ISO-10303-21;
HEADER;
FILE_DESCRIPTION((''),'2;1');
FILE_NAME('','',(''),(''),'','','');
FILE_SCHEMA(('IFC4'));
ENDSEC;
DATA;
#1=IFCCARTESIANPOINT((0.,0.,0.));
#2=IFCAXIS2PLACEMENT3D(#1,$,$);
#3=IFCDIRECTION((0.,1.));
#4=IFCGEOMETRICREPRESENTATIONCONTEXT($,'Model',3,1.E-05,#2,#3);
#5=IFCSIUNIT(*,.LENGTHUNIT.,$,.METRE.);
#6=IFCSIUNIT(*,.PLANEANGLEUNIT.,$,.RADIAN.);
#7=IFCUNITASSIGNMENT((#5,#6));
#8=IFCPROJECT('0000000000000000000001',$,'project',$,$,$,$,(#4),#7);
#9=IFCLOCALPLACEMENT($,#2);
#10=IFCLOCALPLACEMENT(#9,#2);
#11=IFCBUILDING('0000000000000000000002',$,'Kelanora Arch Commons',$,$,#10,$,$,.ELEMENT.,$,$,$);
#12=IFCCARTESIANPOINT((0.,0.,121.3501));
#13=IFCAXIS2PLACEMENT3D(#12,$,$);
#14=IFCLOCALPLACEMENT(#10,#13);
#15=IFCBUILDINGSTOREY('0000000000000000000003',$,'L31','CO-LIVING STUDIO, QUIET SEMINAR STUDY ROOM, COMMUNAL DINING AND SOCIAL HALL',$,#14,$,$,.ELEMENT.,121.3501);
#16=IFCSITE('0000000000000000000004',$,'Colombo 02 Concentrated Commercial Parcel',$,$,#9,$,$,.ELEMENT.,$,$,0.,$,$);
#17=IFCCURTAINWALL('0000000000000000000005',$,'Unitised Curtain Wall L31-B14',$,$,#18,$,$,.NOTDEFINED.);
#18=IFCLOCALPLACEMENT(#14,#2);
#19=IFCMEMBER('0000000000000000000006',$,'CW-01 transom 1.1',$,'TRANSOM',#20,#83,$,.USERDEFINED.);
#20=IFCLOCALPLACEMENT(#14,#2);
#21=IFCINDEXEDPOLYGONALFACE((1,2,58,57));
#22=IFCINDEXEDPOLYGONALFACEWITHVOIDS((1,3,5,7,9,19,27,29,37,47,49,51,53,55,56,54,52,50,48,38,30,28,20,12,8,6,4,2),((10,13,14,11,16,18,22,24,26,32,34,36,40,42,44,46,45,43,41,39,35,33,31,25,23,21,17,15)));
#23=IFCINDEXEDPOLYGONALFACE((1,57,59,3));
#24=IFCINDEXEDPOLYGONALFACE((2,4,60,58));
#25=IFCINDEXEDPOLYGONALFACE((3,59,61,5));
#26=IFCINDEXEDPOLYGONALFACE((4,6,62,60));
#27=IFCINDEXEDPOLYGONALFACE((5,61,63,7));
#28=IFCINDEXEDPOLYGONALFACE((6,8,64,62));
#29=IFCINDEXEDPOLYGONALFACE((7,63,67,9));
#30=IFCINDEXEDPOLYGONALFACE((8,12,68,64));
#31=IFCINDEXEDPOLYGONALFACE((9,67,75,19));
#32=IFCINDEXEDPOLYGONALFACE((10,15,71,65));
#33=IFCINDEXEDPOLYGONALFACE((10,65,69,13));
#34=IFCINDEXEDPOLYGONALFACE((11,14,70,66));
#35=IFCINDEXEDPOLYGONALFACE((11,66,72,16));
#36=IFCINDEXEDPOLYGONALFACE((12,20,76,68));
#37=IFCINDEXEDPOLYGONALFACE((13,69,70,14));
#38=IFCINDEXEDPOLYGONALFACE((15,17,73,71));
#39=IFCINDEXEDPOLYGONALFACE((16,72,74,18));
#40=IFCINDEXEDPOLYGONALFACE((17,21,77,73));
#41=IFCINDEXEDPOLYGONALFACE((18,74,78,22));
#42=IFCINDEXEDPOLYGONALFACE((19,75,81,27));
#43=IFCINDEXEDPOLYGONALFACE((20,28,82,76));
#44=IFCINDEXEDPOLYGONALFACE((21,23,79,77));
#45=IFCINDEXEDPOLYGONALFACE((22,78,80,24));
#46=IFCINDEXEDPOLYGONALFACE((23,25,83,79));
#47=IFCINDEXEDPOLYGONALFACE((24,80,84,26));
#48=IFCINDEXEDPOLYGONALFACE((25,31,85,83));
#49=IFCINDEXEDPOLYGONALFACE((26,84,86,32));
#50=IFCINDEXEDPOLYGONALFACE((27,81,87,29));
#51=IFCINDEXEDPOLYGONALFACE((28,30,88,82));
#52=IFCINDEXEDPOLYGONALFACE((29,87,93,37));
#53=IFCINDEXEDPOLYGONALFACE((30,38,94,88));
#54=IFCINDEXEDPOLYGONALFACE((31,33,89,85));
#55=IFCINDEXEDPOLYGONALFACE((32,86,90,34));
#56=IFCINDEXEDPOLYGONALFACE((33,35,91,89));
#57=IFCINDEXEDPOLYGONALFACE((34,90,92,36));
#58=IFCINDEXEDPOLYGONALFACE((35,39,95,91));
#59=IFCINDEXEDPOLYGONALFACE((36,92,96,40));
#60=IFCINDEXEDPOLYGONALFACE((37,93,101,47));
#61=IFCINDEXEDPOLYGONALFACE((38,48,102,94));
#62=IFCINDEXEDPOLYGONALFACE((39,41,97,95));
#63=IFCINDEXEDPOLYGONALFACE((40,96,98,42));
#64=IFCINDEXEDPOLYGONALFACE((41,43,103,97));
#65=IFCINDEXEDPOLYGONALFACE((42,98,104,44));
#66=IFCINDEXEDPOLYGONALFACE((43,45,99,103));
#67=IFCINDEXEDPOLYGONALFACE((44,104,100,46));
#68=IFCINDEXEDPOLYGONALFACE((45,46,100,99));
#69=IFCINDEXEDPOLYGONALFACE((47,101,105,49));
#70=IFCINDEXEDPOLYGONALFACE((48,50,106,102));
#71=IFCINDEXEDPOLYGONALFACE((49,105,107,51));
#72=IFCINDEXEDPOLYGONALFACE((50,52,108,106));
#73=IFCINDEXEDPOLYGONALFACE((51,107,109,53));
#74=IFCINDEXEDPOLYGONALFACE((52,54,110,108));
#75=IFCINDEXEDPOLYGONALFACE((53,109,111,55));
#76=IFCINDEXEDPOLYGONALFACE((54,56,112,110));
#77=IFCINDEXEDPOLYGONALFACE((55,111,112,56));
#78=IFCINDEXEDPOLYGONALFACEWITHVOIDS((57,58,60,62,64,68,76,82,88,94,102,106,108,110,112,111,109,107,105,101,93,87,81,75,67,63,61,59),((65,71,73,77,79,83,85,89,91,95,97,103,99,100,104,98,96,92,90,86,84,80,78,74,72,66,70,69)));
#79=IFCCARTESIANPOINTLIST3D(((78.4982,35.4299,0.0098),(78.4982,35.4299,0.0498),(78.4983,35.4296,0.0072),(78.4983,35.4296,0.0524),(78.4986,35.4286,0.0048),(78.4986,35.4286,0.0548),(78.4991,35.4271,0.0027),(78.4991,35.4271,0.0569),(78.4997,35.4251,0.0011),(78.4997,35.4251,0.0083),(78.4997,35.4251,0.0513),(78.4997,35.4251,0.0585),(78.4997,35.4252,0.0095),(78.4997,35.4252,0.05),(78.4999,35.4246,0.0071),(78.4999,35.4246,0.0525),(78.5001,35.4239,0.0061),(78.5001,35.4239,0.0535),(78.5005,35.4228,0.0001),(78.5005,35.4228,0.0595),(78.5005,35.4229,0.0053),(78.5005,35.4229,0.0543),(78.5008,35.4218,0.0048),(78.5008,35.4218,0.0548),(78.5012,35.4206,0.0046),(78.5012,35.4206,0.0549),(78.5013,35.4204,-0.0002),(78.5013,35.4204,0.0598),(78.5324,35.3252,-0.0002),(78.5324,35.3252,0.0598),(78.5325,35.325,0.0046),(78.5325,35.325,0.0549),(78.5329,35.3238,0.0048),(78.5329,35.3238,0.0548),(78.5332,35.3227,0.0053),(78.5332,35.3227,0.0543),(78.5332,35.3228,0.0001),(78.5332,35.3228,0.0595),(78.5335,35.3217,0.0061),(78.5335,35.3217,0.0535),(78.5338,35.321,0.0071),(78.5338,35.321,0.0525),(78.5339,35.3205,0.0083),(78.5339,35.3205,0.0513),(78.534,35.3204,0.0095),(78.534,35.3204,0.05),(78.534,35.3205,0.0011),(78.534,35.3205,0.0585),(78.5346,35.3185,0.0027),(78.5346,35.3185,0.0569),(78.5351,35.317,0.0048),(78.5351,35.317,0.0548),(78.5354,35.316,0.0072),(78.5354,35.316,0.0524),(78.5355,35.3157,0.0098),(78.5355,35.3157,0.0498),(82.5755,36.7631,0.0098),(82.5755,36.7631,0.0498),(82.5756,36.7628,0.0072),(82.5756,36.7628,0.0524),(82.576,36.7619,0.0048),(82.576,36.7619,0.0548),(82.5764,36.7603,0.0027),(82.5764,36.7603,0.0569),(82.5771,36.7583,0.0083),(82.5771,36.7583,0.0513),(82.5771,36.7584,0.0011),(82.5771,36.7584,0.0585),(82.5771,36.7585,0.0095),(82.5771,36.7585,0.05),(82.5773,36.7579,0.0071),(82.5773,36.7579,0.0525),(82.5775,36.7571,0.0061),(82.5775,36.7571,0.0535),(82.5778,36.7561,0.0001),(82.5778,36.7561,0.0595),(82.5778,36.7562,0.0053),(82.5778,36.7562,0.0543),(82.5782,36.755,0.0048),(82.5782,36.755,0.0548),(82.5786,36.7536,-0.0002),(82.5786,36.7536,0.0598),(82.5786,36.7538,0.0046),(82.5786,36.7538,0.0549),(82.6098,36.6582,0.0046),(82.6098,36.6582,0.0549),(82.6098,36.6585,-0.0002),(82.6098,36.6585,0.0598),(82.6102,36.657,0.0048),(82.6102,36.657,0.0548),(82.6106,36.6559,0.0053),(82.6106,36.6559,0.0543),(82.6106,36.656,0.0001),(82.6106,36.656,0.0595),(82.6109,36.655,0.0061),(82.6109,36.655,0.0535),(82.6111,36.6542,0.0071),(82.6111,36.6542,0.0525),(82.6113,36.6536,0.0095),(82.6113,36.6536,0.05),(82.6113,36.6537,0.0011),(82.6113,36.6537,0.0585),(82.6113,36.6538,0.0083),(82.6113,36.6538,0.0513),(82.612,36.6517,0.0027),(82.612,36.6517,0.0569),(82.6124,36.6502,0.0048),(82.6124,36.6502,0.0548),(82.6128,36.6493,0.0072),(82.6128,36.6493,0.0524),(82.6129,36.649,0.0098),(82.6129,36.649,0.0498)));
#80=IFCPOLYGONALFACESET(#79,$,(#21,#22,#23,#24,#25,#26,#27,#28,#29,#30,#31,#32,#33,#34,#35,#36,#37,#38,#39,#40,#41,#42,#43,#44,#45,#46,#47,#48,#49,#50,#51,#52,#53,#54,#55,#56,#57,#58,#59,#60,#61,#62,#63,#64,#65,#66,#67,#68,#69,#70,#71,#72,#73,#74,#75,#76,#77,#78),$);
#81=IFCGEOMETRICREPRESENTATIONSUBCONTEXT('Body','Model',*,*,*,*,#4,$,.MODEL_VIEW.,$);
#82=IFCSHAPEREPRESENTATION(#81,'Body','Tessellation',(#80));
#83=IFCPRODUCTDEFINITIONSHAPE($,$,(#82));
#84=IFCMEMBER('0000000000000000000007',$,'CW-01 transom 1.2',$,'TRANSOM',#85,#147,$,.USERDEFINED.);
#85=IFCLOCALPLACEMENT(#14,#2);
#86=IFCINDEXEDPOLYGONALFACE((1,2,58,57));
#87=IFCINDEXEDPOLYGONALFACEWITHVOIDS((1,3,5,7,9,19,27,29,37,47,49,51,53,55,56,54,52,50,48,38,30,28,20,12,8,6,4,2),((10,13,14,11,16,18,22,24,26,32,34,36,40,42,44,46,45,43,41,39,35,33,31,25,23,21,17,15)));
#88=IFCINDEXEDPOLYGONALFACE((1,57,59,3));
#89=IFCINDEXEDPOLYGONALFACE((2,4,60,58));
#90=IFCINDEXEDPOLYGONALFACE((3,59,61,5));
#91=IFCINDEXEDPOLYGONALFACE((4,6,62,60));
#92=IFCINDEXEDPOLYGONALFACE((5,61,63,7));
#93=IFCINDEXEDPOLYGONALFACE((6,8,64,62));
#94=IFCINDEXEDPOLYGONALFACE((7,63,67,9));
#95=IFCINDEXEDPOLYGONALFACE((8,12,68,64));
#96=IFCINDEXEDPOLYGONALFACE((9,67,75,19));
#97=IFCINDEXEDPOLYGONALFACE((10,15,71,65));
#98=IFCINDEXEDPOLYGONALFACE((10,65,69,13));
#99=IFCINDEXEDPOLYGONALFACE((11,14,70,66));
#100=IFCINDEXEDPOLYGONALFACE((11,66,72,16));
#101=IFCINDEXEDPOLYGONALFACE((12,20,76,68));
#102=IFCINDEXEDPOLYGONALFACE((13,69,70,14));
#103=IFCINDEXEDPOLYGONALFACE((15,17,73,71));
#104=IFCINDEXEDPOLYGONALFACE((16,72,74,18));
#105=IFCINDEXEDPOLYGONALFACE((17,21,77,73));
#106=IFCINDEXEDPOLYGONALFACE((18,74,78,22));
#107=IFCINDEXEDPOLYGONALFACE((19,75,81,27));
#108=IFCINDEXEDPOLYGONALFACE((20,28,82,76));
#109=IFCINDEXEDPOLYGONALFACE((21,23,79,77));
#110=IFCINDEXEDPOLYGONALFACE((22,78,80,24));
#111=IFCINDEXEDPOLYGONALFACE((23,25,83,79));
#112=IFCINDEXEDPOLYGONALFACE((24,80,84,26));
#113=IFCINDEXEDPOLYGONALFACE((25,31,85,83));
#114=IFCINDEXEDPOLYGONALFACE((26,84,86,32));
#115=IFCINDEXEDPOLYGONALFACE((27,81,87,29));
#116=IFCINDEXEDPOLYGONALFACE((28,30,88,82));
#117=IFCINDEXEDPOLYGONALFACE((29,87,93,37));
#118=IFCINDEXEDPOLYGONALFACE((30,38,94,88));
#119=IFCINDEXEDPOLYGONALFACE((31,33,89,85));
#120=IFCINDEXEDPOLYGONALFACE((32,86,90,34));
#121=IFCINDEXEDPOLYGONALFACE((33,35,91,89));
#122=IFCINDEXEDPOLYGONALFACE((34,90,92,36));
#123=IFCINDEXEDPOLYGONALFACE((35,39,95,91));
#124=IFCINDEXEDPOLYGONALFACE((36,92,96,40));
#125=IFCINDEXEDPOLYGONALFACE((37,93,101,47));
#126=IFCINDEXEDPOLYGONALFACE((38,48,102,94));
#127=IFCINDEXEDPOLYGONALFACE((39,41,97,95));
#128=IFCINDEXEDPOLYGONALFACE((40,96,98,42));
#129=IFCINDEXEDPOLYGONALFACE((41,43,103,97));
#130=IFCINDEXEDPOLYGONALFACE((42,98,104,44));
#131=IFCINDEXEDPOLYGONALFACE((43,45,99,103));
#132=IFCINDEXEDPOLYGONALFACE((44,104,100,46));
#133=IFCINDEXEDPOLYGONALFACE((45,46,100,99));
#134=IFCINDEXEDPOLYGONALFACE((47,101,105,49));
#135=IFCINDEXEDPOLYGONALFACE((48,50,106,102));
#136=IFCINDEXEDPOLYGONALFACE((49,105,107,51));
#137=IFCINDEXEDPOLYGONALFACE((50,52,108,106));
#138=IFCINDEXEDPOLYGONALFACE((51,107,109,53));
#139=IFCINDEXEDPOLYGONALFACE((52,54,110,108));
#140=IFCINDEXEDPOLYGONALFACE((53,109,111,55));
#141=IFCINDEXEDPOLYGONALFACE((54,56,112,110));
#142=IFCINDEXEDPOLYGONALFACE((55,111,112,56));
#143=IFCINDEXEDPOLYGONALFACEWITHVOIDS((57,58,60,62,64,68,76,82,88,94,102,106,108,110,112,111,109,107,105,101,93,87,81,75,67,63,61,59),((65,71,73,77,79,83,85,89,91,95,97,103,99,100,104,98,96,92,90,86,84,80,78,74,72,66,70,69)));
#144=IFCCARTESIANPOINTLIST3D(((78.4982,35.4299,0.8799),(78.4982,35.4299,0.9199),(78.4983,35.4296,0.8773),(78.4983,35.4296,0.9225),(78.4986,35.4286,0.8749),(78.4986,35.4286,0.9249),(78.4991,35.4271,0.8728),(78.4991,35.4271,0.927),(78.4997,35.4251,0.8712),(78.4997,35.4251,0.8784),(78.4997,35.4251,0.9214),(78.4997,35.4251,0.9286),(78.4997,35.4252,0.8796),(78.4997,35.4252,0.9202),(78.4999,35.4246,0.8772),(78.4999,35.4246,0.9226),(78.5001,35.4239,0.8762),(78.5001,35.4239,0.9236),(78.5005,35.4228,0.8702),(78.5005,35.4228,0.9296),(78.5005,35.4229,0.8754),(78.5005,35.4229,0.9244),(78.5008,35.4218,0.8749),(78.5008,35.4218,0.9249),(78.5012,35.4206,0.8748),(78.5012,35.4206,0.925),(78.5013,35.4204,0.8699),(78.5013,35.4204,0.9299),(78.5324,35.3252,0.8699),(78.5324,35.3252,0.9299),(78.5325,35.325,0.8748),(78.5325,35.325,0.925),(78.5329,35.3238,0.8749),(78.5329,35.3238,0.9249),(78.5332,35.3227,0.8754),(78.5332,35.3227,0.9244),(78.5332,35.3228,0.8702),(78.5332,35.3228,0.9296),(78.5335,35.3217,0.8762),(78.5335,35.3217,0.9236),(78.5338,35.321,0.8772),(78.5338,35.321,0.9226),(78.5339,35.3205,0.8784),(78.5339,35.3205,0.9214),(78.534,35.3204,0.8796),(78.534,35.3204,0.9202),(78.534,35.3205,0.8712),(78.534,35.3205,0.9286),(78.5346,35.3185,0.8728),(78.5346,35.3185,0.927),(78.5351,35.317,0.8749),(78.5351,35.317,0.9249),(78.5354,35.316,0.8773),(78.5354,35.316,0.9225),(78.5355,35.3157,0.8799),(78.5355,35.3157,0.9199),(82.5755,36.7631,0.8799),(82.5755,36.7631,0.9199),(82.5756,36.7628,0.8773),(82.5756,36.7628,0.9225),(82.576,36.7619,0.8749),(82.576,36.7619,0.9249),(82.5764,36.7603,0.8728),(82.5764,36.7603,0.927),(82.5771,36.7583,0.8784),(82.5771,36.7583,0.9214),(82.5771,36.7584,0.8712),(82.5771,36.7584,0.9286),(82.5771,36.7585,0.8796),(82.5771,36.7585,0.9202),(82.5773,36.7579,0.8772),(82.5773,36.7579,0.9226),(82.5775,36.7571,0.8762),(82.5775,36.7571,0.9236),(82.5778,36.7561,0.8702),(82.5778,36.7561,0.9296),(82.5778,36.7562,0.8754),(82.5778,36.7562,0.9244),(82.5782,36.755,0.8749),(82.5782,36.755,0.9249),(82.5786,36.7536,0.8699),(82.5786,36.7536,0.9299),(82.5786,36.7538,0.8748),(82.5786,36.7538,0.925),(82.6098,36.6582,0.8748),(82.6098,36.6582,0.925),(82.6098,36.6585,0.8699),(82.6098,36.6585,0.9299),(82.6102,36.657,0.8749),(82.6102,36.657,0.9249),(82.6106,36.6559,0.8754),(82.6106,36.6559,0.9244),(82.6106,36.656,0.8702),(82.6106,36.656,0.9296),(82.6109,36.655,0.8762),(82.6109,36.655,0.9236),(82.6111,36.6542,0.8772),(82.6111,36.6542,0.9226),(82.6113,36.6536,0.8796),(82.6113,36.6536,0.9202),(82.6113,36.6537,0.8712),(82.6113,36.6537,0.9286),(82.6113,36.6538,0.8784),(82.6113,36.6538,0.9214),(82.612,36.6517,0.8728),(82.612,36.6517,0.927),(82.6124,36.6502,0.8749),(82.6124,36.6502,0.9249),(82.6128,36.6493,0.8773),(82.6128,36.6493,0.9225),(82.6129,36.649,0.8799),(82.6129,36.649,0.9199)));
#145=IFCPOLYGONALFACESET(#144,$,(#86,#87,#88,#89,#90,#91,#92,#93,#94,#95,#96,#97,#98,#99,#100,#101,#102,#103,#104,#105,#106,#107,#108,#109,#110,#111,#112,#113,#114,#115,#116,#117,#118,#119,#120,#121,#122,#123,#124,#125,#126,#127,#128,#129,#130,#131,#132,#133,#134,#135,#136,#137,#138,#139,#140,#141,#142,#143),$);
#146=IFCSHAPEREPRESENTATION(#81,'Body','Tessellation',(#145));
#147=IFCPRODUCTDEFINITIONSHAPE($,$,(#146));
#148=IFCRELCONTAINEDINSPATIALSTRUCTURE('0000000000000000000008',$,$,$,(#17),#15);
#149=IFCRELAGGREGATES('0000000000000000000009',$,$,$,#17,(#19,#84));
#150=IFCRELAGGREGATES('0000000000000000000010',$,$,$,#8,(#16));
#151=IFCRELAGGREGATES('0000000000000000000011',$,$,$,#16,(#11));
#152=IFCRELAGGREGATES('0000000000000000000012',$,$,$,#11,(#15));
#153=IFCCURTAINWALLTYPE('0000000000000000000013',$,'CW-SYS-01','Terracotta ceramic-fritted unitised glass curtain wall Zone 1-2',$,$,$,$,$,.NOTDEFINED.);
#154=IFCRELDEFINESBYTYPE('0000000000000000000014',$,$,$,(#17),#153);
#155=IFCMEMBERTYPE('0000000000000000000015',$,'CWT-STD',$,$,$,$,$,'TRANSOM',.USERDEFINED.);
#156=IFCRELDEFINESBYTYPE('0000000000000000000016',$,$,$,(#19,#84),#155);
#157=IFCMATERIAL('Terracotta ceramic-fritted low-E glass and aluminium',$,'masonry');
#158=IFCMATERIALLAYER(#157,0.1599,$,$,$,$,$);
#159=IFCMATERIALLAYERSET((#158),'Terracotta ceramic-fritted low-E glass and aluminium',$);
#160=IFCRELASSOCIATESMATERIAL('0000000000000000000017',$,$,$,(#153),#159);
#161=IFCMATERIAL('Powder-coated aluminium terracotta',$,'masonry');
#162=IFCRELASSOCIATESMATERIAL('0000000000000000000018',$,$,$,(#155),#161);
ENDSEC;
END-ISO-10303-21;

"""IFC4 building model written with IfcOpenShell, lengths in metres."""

from ifc_helpers import new_model, si_unit, direction, frame, origin, origin_2d, place, context, subcontext, project, spatial, hollow_rectangle, extrude, material, layer, layer_set, material_profile, profile_set, type_object, element, aggregate, save


model = new_model("IFC4")

# Units and contexts
model_context = context("Model", 3, precision=1e-05, world=origin(), true_north=direction((0.0, 1.0)))
body_context = subcontext(model_context, "Body", "Model", "MODEL_VIEW")
ifc_project = project(units=[si_unit("LENGTHUNIT", "METRE"), si_unit("PLANEANGLEUNIT", "RADIAN")], contexts=[model_context])

# Site, building, storey
site_placement = place(None, origin())
site = spatial("IfcSite", under=ifc_project, at=site_placement, Name="Colombo 02 Concentrated Commercial Parcel", CompositionType="ELEMENT", RefElevation=0.0)
building_placement = place(site_placement, origin())
building = spatial("IfcBuilding", under=site, at=building_placement, Name="Kelanora Arch Commons", CompositionType="ELEMENT")
storey_placement = place(building_placement, frame((0.0, 0.0, 121.3501)))
storey = spatial("IfcBuildingStorey", under=building, at=storey_placement, Name="L31", Description="CO-LIVING STUDIO, QUIET SEMINAR STUDY ROOM, COMMUNAL DINING AND SOCIAL HALL", CompositionType="ELEMENT", Elevation=121.3501)

# Curtain wall, members
ifc_material_1 = material(Name="Terracotta ceramic-fritted low-E glass and aluminium", Category="masonry")
ifc_layer_1 = layer(ifc_material_1, 0.1599)
ifc_layer_set_1 = layer_set([ifc_layer_1], Name="Terracotta ceramic-fritted low-E glass and aluminium")
curtain_wall_type = type_object("IfcCurtainWallType", Name="CW-SYS-01", Description="Terracotta ceramic-fritted unitised glass curtain wall Zone 1-2", PredefinedType="NOTDEFINED", material=ifc_layer_set_1)
curtain_wall_placement = place(storey_placement, origin())
curtain_wall = element("IfcCurtainWall", 1, at=curtain_wall_placement, inside=storey, type_object=curtain_wall_type, Name="Unitised Curtain Wall L31-B14", PredefinedType="NOTDEFINED")
ifc_material_2 = material(Name="Powder-coated aluminium terracotta", Category="masonry")
ifc_material_profile_1 = material_profile(ifc_material_2, hollow_rectangle(XDim=0.1201, YDim=0.0601, WallThickness=0.0049, InnerFilletRadius=0.0049, OuterFilletRadius=0.01, at=origin_2d()), Name="CWT120x60")
ifc_profile_set_1 = profile_set([ifc_material_profile_1], Name="Powder-coated aluminium terracotta")
member_type_1 = type_object("IfcMemberType", Name="CWT-STD", ElementType="TRANSOM", PredefinedType="USERDEFINED", material=ifc_profile_set_1)
member_1_placement = place(storey_placement, frame((78.5168, 35.3728, 0.0298), z_axis=(0.950478, 0.310793, 0.0), x_axis=(-0.310793, 0.950478, 0.0)))
member_1 = element("IfcMember", 2, at=member_1_placement, type_object=member_type_1, Name="CW-01 transom 1.1", ObjectType="TRANSOM", PredefinedType="USERDEFINED", context=body_context, shape_type="SweptSolid", body=[
    extrude(hollow_rectangle(XDim=0.1201, YDim=0.0601, WallThickness=0.0049, InnerFilletRadius=0.0049, OuterFilletRadius=0.01, at=origin_2d()), origin(), (0.0, 0.0, 1.0), 4.2898),
])
member_2_placement = place(storey_placement, frame((78.5168, 35.3728, 0.8999), z_axis=(0.950478, 0.310793, 0.0), x_axis=(-0.310793, 0.950478, 0.0)))
member_2 = element("IfcMember", 3, at=member_2_placement, type_object=member_type_1, Name="CW-01 transom 1.2", ObjectType="TRANSOM", PredefinedType="USERDEFINED", context=body_context, shape_type="SweptSolid", body=[
    extrude(hollow_rectangle(XDim=0.1201, YDim=0.0601, WallThickness=0.0049, InnerFilletRadius=0.0049, OuterFilletRadius=0.01, at=origin_2d()), origin(), (0.0, 0.0, 1.0), 4.2898),
])
aggregate(curtain_wall, [member_1, member_2])

save(model, "model.ifc")
